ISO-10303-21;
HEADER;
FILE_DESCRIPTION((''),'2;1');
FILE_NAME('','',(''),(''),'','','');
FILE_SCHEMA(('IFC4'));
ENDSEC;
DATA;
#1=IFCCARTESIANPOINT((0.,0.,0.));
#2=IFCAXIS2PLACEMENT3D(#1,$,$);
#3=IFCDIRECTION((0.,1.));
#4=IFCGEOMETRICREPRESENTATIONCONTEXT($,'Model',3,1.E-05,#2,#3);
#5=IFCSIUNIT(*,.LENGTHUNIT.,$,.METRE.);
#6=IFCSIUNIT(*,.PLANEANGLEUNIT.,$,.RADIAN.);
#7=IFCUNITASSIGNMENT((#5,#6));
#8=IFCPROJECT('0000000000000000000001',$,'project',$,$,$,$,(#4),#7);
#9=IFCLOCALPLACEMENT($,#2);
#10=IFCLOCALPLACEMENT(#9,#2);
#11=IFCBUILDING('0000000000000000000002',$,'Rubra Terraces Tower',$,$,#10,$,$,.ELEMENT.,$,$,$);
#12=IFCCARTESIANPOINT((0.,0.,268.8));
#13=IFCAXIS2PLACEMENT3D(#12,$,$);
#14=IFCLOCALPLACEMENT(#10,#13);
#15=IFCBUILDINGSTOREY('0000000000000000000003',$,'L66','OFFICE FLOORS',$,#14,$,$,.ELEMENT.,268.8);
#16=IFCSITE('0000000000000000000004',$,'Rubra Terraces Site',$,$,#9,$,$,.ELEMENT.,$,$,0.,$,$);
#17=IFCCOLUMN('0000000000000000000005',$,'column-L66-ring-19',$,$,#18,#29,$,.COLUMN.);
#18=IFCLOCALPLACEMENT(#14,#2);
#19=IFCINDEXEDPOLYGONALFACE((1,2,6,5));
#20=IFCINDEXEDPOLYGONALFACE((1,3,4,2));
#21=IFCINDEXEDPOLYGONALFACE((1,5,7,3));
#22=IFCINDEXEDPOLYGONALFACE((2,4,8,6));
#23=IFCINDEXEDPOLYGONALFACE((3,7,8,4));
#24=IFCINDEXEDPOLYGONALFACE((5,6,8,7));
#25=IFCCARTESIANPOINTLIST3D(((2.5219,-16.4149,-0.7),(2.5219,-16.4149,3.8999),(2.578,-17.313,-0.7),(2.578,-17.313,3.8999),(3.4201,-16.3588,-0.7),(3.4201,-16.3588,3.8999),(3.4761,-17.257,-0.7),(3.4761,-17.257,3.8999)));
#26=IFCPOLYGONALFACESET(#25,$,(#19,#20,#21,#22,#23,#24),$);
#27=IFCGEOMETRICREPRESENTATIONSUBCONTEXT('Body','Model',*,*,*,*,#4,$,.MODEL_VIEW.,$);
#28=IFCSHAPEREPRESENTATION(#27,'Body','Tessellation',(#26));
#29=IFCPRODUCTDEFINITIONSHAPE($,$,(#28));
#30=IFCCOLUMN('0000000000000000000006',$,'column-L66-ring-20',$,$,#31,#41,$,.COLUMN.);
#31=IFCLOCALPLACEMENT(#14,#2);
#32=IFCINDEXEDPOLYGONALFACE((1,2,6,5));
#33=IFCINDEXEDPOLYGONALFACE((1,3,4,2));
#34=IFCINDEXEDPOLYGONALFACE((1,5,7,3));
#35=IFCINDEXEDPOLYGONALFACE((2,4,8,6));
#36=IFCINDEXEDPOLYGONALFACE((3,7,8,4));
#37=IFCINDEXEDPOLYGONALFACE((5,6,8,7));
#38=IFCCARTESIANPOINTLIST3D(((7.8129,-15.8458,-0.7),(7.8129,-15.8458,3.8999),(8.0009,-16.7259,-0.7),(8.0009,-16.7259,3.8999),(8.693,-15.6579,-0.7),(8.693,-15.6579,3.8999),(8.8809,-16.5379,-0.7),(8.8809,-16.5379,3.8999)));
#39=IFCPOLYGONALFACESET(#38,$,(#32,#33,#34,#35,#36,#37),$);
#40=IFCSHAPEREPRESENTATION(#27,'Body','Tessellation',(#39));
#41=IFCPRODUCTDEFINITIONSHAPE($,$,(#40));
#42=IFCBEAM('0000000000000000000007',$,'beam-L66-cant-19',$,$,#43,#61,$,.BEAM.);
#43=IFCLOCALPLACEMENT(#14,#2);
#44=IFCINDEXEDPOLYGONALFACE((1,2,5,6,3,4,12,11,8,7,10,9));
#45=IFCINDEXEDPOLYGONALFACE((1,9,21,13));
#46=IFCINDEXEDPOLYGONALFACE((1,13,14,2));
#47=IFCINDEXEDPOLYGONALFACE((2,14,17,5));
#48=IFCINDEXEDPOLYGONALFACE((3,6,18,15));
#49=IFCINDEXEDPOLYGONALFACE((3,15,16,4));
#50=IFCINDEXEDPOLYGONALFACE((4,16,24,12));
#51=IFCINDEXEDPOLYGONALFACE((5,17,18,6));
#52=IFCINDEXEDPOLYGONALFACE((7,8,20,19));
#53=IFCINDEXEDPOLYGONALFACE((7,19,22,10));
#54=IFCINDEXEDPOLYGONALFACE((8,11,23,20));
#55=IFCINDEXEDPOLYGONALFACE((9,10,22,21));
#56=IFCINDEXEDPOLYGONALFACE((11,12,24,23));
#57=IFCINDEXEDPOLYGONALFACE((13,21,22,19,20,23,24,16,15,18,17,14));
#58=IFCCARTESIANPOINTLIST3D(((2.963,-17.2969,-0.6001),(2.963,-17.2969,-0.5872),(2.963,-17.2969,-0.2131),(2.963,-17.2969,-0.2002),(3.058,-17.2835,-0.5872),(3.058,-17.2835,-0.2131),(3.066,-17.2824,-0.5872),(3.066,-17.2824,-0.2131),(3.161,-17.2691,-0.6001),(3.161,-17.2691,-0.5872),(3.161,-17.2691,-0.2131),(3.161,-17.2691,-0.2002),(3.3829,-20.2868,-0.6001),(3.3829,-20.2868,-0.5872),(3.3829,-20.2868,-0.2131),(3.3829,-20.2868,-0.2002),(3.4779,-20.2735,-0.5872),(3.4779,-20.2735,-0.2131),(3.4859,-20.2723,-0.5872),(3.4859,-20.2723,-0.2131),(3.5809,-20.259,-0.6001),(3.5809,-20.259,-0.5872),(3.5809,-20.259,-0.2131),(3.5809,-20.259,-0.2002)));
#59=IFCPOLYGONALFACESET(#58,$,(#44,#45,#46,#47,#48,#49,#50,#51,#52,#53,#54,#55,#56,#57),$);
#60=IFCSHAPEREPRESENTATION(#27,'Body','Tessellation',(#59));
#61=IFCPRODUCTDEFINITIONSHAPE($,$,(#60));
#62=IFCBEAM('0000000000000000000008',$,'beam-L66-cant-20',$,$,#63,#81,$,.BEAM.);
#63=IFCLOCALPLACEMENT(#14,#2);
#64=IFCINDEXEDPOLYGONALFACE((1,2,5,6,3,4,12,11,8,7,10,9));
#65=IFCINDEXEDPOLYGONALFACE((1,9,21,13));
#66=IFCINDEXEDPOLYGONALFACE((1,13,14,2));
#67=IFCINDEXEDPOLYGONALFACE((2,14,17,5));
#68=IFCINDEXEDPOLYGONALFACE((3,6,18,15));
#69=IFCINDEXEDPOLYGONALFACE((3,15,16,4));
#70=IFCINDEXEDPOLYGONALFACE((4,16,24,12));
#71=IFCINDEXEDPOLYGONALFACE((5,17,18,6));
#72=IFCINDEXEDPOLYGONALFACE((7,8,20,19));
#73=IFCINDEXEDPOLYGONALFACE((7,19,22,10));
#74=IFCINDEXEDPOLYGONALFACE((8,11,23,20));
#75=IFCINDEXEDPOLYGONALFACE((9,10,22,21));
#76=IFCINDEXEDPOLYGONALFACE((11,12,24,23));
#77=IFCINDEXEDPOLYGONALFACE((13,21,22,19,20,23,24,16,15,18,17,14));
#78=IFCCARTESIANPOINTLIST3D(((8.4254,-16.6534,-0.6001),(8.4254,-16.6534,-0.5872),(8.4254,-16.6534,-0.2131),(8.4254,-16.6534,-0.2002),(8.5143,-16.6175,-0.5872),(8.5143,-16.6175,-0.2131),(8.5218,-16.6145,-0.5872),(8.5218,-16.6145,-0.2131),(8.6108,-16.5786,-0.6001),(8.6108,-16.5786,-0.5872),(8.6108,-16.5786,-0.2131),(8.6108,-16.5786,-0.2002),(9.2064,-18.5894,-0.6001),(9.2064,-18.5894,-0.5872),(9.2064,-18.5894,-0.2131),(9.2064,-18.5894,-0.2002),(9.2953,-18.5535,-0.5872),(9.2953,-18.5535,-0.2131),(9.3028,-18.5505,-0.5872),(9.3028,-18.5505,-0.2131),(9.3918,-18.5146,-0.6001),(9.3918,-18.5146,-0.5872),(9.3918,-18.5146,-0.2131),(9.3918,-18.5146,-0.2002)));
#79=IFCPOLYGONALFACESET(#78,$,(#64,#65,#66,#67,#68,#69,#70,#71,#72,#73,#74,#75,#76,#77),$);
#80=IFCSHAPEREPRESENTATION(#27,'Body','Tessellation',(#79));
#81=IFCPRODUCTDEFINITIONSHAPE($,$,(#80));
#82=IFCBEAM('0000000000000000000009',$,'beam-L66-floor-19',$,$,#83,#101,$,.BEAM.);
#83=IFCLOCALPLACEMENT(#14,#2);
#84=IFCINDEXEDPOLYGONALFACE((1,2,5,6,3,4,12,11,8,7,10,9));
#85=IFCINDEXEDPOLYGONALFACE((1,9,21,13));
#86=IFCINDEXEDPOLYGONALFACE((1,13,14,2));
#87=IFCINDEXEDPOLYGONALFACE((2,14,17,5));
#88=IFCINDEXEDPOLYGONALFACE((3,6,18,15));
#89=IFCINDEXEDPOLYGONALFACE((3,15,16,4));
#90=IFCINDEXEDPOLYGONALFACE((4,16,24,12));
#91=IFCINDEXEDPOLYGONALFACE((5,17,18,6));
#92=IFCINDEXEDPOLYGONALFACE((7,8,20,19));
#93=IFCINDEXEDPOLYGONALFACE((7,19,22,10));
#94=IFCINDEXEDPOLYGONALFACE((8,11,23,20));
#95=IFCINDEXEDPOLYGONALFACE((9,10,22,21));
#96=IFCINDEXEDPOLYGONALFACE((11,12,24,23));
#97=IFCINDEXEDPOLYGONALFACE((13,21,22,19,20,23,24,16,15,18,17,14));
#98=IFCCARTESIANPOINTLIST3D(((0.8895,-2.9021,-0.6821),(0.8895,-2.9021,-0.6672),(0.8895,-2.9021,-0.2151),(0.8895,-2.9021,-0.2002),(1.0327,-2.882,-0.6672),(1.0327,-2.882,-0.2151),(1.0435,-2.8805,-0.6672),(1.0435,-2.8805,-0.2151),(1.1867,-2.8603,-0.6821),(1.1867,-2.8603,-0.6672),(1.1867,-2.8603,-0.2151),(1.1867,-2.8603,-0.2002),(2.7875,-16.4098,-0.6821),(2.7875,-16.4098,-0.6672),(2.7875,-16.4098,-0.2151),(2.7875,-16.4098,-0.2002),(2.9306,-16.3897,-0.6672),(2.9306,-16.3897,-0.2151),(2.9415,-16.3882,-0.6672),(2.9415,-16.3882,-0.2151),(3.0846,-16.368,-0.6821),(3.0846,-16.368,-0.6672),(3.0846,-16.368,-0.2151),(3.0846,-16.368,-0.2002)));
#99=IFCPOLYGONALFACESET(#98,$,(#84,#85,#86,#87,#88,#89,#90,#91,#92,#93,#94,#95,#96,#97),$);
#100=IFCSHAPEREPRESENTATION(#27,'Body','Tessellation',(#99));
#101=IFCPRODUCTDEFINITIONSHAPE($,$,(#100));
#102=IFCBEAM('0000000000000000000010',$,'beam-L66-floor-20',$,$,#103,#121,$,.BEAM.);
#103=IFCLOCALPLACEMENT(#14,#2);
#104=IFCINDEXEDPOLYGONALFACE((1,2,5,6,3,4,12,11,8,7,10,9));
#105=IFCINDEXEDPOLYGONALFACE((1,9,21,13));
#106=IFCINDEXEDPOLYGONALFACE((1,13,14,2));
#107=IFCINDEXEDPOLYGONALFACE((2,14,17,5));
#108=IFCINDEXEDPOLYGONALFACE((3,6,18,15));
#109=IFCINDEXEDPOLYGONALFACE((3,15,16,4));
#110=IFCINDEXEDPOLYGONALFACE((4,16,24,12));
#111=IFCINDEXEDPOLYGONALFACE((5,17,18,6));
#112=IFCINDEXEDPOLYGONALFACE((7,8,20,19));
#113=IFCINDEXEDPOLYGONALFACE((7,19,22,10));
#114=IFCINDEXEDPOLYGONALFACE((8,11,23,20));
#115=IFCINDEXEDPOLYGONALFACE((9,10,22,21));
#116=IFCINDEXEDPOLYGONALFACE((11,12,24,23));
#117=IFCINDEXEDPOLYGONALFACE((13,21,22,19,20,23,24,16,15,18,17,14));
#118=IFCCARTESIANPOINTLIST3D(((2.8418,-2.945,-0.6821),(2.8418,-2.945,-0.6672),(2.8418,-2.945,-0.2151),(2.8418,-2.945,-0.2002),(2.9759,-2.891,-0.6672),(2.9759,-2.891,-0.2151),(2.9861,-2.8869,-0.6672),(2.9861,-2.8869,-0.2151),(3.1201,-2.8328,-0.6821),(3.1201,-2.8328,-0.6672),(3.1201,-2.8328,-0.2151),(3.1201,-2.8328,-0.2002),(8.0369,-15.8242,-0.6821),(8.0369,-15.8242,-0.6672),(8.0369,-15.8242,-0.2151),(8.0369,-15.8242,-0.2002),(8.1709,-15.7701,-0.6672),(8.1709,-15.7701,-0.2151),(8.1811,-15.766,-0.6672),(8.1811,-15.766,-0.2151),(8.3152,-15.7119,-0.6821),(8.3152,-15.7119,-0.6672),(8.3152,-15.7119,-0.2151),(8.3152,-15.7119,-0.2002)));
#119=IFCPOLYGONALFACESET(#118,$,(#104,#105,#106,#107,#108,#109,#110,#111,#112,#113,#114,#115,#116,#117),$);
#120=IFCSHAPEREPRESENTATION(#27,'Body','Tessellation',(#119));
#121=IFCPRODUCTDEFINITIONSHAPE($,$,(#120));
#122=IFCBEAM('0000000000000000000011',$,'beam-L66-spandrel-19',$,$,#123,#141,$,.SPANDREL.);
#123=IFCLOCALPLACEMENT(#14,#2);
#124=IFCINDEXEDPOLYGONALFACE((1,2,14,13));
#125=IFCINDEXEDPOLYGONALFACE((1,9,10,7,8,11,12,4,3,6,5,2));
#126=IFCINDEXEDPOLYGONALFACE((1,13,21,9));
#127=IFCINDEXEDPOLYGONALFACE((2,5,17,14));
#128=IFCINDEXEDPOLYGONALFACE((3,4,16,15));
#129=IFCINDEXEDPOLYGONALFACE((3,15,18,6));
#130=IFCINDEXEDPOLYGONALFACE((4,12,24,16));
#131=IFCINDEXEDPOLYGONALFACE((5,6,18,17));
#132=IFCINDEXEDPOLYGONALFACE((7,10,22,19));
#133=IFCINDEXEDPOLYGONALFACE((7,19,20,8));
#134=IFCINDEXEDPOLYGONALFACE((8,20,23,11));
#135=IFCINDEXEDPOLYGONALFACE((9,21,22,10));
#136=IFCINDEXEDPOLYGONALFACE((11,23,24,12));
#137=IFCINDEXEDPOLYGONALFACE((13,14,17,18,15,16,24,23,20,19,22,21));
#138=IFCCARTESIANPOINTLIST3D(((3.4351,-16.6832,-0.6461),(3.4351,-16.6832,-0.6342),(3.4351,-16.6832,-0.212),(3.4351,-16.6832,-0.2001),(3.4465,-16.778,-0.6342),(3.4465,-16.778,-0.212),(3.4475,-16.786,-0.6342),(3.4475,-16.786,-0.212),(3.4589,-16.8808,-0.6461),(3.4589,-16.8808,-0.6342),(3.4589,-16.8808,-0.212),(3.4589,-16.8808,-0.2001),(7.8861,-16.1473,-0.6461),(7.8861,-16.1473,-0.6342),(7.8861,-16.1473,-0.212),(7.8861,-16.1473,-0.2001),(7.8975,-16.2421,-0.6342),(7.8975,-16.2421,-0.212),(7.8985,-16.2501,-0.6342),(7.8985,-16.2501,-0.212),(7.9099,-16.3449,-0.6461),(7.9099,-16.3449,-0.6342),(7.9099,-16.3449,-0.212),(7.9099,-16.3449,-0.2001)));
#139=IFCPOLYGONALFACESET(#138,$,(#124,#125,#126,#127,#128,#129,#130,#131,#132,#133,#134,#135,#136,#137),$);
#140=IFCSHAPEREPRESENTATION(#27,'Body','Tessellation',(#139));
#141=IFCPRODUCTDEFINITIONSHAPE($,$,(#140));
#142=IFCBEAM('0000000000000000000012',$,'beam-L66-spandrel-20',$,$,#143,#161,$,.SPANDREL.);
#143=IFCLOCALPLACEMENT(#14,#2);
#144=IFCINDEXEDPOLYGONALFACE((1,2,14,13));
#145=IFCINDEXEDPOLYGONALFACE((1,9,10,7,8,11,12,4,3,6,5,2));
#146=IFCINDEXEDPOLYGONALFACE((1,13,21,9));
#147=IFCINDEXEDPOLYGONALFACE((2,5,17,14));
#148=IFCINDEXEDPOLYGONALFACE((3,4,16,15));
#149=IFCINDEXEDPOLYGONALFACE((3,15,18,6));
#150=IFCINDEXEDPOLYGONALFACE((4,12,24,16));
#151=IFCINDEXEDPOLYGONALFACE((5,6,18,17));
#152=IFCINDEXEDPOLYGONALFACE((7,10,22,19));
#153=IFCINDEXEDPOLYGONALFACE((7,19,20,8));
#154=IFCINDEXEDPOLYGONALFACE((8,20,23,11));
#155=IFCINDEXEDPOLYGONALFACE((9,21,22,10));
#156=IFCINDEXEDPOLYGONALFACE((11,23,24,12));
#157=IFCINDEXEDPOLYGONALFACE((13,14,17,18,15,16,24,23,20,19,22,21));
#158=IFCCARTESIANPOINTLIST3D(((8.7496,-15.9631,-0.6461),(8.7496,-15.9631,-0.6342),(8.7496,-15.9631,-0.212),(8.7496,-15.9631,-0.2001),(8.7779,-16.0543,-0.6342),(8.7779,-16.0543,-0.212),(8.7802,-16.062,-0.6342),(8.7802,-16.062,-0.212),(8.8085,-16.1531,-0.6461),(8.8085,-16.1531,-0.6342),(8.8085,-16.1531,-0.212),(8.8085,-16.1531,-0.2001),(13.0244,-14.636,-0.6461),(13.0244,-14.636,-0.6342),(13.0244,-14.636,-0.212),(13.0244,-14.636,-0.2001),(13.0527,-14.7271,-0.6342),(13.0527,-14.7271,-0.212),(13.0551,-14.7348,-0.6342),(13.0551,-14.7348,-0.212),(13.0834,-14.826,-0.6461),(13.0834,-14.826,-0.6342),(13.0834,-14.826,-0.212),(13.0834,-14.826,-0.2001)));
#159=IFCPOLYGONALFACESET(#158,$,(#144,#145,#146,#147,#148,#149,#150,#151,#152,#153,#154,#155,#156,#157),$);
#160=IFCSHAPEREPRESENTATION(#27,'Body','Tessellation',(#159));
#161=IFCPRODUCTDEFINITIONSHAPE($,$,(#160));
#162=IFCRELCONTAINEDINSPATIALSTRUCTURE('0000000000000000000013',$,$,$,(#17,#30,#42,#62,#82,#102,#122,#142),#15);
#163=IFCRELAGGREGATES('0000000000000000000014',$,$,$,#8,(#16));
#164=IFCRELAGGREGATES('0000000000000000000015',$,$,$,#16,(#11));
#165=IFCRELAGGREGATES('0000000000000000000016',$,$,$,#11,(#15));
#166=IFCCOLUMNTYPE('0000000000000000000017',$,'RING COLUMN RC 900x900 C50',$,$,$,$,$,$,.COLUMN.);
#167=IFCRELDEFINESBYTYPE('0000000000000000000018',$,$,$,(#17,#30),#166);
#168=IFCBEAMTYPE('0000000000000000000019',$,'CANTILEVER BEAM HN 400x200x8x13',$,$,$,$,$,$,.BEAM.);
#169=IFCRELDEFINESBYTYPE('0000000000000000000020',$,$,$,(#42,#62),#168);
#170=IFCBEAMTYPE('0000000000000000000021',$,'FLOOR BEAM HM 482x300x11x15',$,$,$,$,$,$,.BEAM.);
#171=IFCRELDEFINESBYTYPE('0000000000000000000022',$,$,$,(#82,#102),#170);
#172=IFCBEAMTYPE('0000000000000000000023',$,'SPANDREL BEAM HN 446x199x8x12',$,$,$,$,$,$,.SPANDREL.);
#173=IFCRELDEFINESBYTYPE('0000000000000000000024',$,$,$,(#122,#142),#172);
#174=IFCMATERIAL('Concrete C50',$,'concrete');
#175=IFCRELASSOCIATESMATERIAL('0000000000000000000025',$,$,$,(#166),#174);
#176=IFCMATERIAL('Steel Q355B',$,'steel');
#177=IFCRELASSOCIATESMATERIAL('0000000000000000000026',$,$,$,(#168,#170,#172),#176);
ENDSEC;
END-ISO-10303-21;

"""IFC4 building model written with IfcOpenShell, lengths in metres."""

from ifc_helpers import new_model, si_unit, direction, frame, origin, origin_2d, place, context, subcontext, project, spatial, rectangle, i_section, extrude, material, material_profile, profile_set, type_object, element, save


model = new_model("IFC4")

# Units and contexts
model_context = context("Model", 3, precision=1e-05, world=origin(), true_north=direction((0.0, 1.0)))
body_context = subcontext(model_context, "Body", "Model", "MODEL_VIEW")
ifc_project = project(units=[si_unit("LENGTHUNIT", "METRE"), si_unit("PLANEANGLEUNIT", "RADIAN")], contexts=[model_context])

# Site, building, storey
site_placement = place(None, origin())
site = spatial("IfcSite", under=ifc_project, at=site_placement, Name="Rubra Terraces Site", CompositionType="ELEMENT", RefElevation=0.0)
building_placement = place(site_placement, origin())
building = spatial("IfcBuilding", under=site, at=building_placement, Name="Rubra Terraces Tower", CompositionType="ELEMENT")
storey_placement = place(building_placement, frame((0.0, 0.0, 268.8)))
storey = spatial("IfcBuildingStorey", under=building, at=storey_placement, Name="L66", Description="OFFICE FLOORS", CompositionType="ELEMENT", Elevation=268.8)

# Columns
ifc_material_1 = material(Name="Concrete C50", Category="concrete")
ifc_material_profile_1 = material_profile(ifc_material_1, rectangle(XDim=0.8999, YDim=0.8999, at=origin_2d()), Name="RC 900x900")
ifc_profile_set_1 = profile_set([ifc_material_profile_1], Name="Concrete C50")
column_type = type_object("IfcColumnType", Name="RING COLUMN RC 900x900 C50", PredefinedType="COLUMN", material=ifc_profile_set_1)
for number, where, z_axis, x_axis, name in (
    (1, (2.999, -16.8359, -0.7), (0.0, 0.0, 1.0), (0.998059, 0.062268, 0.0), "column-L66-ring-19"),
    (2, (8.3469, -16.1919, -0.7), (0.0, 0.0, 1.0), (0.977944, 0.208867, 0.0), "column-L66-ring-20"),
):
    element("IfcColumn", number, at=place(storey_placement, frame(where, z_axis=z_axis, x_axis=x_axis)), inside=storey, type_object=column_type, Name=name, PredefinedType="COLUMN", context=body_context, shape_type="SweptSolid", body=[
        extrude(rectangle(XDim=0.8999, YDim=0.8999, at=origin_2d()), origin(), (0.0, 0.0, 1.0), 4.5999),
    ])

# Beams
ifc_material_2 = material(Name="Steel Q355B", Category="steel")
ifc_material_profile_2 = material_profile(ifc_material_2, i_section(OverallWidth=0.2, OverallDepth=0.3999, WebThickness=0.0081, FlangeThickness=0.0129, at=origin_2d()), Name="HN 400x200x8x13")
ifc_profile_set_2 = profile_set([ifc_material_profile_2], Name="Steel Q355B")
beam_type_1 = type_object("IfcBeamType", Name="CANTILEVER BEAM HN 400x200x8x13", PredefinedType="BEAM", material=ifc_profile_set_2)
beam_1_placement = place(storey_placement, frame((3.062, -17.283, -0.4001), z_axis=(0.139078, -0.990281, 0.0), x_axis=(0.990281, 0.139078, 0.0)))
element("IfcBeam", 3, at=beam_1_placement, inside=storey, type_object=beam_type_1, Name="beam-L66-cant-19", PredefinedType="BEAM", context=body_context, shape_type="SweptSolid", body=[
    extrude(i_section(OverallWidth=0.2, OverallDepth=0.3999, WebThickness=0.0081, FlangeThickness=0.0129, at=origin_2d()), origin(), (0.0, 0.0, 1.0), 3.0193),
])
beam_2_placement = place(storey_placement, frame((8.5181, -16.616, -0.4001), z_axis=(0.374111, -0.927384, 0.0), x_axis=(0.927384, 0.374111, 0.0)))
element("IfcBeam", 4, at=beam_2_placement, inside=storey, type_object=beam_type_1, Name="beam-L66-cant-20", PredefinedType="BEAM", context=body_context, shape_type="SweptSolid", body=[
    extrude(i_section(OverallWidth=0.2, OverallDepth=0.3999, WebThickness=0.0081, FlangeThickness=0.0129, at=origin_2d()), origin(), (0.0, 0.0, 1.0), 2.0876),
])
ifc_material_profile_3 = material_profile(ifc_material_2, i_section(OverallWidth=0.3, OverallDepth=0.4819, WebThickness=0.011, FlangeThickness=0.0149, at=origin_2d()), Name="HM 482x300x11x15")
ifc_profile_set_3 = profile_set([ifc_material_profile_3], Name="Steel Q355B")
beam_type_2 = type_object("IfcBeamType", Name="FLOOR BEAM HM 482x300x11x15", PredefinedType="BEAM", material=ifc_profile_set_3)
beam_3_placement = place(storey_placement, frame((2.936, -16.3889, -0.4412), z_axis=(-0.139141, 0.990273, 0.0), x_axis=(-0.990273, -0.139141, 0.0)))
element("IfcBeam", 5, at=beam_3_placement, inside=storey, type_object=beam_type_2, Name="beam-L66-floor-19", PredefinedType="BEAM", context=body_context, shape_type="SweptSolid", body=[
    extrude(i_section(OverallWidth=0.3, OverallDepth=0.4819, WebThickness=0.011, FlangeThickness=0.0149, at=origin_2d()), origin(), (0.0, 0.0, 1.0), 13.6404),
])
beam_4_placement = place(storey_placement, frame((8.176, -15.7681, -0.4412), z_axis=(-0.374084, 0.927395, 0.0), x_axis=(-0.927395, -0.374084, 0.0)))
element("IfcBeam", 6, at=beam_4_placement, inside=storey, type_object=beam_type_2, Name="beam-L66-floor-20", PredefinedType="BEAM", context=body_context, shape_type="SweptSolid", body=[
    extrude(i_section(OverallWidth=0.3, OverallDepth=0.4819, WebThickness=0.011, FlangeThickness=0.0149, at=origin_2d()), origin(), (0.0, 0.0, 1.0), 13.8875),
])
ifc_material_profile_4 = material_profile(ifc_material_2, i_section(OverallWidth=0.199, OverallDepth=0.446, WebThickness=0.0081, FlangeThickness=0.012, at=origin_2d()), Name="HN 446x199x8x12")
ifc_profile_set_4 = profile_set([ifc_material_profile_4], Name="Steel Q355B")
beam_type_3 = type_object("IfcBeamType", Name="SPANDREL BEAM HN 446x199x8x12", PredefinedType="SPANDREL", material=ifc_profile_set_4)
beam_5_placement = place(storey_placement, frame((3.447, -16.782, -0.4231), z_axis=(0.99283, 0.119536, 0.0), x_axis=(-0.119536, 0.99283, 0.0)))
element("IfcBeam", 7, at=beam_5_placement, inside=storey, type_object=beam_type_3, Name="beam-L66-spandrel-19", PredefinedType="SPANDREL", context=body_context, shape_type="SweptSolid", body=[
    extrude(i_section(OverallWidth=0.199, OverallDepth=0.446, WebThickness=0.0081, FlangeThickness=0.012, at=origin_2d()), origin(), (0.0, 0.0, 1.0), 4.4832),
])
beam_6_placement = place(storey_placement, frame((8.7791, -16.0581, -0.4231), z_axis=(0.955035, 0.296492, 0.0), x_axis=(-0.296492, 0.955035, 0.0)))
element("IfcBeam", 8, at=beam_6_placement, inside=storey, type_object=beam_type_3, Name="beam-L66-spandrel-20", PredefinedType="SPANDREL", context=body_context, shape_type="SweptSolid", body=[
    extrude(i_section(OverallWidth=0.199, OverallDepth=0.446, WebThickness=0.0081, FlangeThickness=0.012, at=origin_2d()), origin(), (0.0, 0.0, 1.0), 4.4761),
])

save(model, "model.ifc")
